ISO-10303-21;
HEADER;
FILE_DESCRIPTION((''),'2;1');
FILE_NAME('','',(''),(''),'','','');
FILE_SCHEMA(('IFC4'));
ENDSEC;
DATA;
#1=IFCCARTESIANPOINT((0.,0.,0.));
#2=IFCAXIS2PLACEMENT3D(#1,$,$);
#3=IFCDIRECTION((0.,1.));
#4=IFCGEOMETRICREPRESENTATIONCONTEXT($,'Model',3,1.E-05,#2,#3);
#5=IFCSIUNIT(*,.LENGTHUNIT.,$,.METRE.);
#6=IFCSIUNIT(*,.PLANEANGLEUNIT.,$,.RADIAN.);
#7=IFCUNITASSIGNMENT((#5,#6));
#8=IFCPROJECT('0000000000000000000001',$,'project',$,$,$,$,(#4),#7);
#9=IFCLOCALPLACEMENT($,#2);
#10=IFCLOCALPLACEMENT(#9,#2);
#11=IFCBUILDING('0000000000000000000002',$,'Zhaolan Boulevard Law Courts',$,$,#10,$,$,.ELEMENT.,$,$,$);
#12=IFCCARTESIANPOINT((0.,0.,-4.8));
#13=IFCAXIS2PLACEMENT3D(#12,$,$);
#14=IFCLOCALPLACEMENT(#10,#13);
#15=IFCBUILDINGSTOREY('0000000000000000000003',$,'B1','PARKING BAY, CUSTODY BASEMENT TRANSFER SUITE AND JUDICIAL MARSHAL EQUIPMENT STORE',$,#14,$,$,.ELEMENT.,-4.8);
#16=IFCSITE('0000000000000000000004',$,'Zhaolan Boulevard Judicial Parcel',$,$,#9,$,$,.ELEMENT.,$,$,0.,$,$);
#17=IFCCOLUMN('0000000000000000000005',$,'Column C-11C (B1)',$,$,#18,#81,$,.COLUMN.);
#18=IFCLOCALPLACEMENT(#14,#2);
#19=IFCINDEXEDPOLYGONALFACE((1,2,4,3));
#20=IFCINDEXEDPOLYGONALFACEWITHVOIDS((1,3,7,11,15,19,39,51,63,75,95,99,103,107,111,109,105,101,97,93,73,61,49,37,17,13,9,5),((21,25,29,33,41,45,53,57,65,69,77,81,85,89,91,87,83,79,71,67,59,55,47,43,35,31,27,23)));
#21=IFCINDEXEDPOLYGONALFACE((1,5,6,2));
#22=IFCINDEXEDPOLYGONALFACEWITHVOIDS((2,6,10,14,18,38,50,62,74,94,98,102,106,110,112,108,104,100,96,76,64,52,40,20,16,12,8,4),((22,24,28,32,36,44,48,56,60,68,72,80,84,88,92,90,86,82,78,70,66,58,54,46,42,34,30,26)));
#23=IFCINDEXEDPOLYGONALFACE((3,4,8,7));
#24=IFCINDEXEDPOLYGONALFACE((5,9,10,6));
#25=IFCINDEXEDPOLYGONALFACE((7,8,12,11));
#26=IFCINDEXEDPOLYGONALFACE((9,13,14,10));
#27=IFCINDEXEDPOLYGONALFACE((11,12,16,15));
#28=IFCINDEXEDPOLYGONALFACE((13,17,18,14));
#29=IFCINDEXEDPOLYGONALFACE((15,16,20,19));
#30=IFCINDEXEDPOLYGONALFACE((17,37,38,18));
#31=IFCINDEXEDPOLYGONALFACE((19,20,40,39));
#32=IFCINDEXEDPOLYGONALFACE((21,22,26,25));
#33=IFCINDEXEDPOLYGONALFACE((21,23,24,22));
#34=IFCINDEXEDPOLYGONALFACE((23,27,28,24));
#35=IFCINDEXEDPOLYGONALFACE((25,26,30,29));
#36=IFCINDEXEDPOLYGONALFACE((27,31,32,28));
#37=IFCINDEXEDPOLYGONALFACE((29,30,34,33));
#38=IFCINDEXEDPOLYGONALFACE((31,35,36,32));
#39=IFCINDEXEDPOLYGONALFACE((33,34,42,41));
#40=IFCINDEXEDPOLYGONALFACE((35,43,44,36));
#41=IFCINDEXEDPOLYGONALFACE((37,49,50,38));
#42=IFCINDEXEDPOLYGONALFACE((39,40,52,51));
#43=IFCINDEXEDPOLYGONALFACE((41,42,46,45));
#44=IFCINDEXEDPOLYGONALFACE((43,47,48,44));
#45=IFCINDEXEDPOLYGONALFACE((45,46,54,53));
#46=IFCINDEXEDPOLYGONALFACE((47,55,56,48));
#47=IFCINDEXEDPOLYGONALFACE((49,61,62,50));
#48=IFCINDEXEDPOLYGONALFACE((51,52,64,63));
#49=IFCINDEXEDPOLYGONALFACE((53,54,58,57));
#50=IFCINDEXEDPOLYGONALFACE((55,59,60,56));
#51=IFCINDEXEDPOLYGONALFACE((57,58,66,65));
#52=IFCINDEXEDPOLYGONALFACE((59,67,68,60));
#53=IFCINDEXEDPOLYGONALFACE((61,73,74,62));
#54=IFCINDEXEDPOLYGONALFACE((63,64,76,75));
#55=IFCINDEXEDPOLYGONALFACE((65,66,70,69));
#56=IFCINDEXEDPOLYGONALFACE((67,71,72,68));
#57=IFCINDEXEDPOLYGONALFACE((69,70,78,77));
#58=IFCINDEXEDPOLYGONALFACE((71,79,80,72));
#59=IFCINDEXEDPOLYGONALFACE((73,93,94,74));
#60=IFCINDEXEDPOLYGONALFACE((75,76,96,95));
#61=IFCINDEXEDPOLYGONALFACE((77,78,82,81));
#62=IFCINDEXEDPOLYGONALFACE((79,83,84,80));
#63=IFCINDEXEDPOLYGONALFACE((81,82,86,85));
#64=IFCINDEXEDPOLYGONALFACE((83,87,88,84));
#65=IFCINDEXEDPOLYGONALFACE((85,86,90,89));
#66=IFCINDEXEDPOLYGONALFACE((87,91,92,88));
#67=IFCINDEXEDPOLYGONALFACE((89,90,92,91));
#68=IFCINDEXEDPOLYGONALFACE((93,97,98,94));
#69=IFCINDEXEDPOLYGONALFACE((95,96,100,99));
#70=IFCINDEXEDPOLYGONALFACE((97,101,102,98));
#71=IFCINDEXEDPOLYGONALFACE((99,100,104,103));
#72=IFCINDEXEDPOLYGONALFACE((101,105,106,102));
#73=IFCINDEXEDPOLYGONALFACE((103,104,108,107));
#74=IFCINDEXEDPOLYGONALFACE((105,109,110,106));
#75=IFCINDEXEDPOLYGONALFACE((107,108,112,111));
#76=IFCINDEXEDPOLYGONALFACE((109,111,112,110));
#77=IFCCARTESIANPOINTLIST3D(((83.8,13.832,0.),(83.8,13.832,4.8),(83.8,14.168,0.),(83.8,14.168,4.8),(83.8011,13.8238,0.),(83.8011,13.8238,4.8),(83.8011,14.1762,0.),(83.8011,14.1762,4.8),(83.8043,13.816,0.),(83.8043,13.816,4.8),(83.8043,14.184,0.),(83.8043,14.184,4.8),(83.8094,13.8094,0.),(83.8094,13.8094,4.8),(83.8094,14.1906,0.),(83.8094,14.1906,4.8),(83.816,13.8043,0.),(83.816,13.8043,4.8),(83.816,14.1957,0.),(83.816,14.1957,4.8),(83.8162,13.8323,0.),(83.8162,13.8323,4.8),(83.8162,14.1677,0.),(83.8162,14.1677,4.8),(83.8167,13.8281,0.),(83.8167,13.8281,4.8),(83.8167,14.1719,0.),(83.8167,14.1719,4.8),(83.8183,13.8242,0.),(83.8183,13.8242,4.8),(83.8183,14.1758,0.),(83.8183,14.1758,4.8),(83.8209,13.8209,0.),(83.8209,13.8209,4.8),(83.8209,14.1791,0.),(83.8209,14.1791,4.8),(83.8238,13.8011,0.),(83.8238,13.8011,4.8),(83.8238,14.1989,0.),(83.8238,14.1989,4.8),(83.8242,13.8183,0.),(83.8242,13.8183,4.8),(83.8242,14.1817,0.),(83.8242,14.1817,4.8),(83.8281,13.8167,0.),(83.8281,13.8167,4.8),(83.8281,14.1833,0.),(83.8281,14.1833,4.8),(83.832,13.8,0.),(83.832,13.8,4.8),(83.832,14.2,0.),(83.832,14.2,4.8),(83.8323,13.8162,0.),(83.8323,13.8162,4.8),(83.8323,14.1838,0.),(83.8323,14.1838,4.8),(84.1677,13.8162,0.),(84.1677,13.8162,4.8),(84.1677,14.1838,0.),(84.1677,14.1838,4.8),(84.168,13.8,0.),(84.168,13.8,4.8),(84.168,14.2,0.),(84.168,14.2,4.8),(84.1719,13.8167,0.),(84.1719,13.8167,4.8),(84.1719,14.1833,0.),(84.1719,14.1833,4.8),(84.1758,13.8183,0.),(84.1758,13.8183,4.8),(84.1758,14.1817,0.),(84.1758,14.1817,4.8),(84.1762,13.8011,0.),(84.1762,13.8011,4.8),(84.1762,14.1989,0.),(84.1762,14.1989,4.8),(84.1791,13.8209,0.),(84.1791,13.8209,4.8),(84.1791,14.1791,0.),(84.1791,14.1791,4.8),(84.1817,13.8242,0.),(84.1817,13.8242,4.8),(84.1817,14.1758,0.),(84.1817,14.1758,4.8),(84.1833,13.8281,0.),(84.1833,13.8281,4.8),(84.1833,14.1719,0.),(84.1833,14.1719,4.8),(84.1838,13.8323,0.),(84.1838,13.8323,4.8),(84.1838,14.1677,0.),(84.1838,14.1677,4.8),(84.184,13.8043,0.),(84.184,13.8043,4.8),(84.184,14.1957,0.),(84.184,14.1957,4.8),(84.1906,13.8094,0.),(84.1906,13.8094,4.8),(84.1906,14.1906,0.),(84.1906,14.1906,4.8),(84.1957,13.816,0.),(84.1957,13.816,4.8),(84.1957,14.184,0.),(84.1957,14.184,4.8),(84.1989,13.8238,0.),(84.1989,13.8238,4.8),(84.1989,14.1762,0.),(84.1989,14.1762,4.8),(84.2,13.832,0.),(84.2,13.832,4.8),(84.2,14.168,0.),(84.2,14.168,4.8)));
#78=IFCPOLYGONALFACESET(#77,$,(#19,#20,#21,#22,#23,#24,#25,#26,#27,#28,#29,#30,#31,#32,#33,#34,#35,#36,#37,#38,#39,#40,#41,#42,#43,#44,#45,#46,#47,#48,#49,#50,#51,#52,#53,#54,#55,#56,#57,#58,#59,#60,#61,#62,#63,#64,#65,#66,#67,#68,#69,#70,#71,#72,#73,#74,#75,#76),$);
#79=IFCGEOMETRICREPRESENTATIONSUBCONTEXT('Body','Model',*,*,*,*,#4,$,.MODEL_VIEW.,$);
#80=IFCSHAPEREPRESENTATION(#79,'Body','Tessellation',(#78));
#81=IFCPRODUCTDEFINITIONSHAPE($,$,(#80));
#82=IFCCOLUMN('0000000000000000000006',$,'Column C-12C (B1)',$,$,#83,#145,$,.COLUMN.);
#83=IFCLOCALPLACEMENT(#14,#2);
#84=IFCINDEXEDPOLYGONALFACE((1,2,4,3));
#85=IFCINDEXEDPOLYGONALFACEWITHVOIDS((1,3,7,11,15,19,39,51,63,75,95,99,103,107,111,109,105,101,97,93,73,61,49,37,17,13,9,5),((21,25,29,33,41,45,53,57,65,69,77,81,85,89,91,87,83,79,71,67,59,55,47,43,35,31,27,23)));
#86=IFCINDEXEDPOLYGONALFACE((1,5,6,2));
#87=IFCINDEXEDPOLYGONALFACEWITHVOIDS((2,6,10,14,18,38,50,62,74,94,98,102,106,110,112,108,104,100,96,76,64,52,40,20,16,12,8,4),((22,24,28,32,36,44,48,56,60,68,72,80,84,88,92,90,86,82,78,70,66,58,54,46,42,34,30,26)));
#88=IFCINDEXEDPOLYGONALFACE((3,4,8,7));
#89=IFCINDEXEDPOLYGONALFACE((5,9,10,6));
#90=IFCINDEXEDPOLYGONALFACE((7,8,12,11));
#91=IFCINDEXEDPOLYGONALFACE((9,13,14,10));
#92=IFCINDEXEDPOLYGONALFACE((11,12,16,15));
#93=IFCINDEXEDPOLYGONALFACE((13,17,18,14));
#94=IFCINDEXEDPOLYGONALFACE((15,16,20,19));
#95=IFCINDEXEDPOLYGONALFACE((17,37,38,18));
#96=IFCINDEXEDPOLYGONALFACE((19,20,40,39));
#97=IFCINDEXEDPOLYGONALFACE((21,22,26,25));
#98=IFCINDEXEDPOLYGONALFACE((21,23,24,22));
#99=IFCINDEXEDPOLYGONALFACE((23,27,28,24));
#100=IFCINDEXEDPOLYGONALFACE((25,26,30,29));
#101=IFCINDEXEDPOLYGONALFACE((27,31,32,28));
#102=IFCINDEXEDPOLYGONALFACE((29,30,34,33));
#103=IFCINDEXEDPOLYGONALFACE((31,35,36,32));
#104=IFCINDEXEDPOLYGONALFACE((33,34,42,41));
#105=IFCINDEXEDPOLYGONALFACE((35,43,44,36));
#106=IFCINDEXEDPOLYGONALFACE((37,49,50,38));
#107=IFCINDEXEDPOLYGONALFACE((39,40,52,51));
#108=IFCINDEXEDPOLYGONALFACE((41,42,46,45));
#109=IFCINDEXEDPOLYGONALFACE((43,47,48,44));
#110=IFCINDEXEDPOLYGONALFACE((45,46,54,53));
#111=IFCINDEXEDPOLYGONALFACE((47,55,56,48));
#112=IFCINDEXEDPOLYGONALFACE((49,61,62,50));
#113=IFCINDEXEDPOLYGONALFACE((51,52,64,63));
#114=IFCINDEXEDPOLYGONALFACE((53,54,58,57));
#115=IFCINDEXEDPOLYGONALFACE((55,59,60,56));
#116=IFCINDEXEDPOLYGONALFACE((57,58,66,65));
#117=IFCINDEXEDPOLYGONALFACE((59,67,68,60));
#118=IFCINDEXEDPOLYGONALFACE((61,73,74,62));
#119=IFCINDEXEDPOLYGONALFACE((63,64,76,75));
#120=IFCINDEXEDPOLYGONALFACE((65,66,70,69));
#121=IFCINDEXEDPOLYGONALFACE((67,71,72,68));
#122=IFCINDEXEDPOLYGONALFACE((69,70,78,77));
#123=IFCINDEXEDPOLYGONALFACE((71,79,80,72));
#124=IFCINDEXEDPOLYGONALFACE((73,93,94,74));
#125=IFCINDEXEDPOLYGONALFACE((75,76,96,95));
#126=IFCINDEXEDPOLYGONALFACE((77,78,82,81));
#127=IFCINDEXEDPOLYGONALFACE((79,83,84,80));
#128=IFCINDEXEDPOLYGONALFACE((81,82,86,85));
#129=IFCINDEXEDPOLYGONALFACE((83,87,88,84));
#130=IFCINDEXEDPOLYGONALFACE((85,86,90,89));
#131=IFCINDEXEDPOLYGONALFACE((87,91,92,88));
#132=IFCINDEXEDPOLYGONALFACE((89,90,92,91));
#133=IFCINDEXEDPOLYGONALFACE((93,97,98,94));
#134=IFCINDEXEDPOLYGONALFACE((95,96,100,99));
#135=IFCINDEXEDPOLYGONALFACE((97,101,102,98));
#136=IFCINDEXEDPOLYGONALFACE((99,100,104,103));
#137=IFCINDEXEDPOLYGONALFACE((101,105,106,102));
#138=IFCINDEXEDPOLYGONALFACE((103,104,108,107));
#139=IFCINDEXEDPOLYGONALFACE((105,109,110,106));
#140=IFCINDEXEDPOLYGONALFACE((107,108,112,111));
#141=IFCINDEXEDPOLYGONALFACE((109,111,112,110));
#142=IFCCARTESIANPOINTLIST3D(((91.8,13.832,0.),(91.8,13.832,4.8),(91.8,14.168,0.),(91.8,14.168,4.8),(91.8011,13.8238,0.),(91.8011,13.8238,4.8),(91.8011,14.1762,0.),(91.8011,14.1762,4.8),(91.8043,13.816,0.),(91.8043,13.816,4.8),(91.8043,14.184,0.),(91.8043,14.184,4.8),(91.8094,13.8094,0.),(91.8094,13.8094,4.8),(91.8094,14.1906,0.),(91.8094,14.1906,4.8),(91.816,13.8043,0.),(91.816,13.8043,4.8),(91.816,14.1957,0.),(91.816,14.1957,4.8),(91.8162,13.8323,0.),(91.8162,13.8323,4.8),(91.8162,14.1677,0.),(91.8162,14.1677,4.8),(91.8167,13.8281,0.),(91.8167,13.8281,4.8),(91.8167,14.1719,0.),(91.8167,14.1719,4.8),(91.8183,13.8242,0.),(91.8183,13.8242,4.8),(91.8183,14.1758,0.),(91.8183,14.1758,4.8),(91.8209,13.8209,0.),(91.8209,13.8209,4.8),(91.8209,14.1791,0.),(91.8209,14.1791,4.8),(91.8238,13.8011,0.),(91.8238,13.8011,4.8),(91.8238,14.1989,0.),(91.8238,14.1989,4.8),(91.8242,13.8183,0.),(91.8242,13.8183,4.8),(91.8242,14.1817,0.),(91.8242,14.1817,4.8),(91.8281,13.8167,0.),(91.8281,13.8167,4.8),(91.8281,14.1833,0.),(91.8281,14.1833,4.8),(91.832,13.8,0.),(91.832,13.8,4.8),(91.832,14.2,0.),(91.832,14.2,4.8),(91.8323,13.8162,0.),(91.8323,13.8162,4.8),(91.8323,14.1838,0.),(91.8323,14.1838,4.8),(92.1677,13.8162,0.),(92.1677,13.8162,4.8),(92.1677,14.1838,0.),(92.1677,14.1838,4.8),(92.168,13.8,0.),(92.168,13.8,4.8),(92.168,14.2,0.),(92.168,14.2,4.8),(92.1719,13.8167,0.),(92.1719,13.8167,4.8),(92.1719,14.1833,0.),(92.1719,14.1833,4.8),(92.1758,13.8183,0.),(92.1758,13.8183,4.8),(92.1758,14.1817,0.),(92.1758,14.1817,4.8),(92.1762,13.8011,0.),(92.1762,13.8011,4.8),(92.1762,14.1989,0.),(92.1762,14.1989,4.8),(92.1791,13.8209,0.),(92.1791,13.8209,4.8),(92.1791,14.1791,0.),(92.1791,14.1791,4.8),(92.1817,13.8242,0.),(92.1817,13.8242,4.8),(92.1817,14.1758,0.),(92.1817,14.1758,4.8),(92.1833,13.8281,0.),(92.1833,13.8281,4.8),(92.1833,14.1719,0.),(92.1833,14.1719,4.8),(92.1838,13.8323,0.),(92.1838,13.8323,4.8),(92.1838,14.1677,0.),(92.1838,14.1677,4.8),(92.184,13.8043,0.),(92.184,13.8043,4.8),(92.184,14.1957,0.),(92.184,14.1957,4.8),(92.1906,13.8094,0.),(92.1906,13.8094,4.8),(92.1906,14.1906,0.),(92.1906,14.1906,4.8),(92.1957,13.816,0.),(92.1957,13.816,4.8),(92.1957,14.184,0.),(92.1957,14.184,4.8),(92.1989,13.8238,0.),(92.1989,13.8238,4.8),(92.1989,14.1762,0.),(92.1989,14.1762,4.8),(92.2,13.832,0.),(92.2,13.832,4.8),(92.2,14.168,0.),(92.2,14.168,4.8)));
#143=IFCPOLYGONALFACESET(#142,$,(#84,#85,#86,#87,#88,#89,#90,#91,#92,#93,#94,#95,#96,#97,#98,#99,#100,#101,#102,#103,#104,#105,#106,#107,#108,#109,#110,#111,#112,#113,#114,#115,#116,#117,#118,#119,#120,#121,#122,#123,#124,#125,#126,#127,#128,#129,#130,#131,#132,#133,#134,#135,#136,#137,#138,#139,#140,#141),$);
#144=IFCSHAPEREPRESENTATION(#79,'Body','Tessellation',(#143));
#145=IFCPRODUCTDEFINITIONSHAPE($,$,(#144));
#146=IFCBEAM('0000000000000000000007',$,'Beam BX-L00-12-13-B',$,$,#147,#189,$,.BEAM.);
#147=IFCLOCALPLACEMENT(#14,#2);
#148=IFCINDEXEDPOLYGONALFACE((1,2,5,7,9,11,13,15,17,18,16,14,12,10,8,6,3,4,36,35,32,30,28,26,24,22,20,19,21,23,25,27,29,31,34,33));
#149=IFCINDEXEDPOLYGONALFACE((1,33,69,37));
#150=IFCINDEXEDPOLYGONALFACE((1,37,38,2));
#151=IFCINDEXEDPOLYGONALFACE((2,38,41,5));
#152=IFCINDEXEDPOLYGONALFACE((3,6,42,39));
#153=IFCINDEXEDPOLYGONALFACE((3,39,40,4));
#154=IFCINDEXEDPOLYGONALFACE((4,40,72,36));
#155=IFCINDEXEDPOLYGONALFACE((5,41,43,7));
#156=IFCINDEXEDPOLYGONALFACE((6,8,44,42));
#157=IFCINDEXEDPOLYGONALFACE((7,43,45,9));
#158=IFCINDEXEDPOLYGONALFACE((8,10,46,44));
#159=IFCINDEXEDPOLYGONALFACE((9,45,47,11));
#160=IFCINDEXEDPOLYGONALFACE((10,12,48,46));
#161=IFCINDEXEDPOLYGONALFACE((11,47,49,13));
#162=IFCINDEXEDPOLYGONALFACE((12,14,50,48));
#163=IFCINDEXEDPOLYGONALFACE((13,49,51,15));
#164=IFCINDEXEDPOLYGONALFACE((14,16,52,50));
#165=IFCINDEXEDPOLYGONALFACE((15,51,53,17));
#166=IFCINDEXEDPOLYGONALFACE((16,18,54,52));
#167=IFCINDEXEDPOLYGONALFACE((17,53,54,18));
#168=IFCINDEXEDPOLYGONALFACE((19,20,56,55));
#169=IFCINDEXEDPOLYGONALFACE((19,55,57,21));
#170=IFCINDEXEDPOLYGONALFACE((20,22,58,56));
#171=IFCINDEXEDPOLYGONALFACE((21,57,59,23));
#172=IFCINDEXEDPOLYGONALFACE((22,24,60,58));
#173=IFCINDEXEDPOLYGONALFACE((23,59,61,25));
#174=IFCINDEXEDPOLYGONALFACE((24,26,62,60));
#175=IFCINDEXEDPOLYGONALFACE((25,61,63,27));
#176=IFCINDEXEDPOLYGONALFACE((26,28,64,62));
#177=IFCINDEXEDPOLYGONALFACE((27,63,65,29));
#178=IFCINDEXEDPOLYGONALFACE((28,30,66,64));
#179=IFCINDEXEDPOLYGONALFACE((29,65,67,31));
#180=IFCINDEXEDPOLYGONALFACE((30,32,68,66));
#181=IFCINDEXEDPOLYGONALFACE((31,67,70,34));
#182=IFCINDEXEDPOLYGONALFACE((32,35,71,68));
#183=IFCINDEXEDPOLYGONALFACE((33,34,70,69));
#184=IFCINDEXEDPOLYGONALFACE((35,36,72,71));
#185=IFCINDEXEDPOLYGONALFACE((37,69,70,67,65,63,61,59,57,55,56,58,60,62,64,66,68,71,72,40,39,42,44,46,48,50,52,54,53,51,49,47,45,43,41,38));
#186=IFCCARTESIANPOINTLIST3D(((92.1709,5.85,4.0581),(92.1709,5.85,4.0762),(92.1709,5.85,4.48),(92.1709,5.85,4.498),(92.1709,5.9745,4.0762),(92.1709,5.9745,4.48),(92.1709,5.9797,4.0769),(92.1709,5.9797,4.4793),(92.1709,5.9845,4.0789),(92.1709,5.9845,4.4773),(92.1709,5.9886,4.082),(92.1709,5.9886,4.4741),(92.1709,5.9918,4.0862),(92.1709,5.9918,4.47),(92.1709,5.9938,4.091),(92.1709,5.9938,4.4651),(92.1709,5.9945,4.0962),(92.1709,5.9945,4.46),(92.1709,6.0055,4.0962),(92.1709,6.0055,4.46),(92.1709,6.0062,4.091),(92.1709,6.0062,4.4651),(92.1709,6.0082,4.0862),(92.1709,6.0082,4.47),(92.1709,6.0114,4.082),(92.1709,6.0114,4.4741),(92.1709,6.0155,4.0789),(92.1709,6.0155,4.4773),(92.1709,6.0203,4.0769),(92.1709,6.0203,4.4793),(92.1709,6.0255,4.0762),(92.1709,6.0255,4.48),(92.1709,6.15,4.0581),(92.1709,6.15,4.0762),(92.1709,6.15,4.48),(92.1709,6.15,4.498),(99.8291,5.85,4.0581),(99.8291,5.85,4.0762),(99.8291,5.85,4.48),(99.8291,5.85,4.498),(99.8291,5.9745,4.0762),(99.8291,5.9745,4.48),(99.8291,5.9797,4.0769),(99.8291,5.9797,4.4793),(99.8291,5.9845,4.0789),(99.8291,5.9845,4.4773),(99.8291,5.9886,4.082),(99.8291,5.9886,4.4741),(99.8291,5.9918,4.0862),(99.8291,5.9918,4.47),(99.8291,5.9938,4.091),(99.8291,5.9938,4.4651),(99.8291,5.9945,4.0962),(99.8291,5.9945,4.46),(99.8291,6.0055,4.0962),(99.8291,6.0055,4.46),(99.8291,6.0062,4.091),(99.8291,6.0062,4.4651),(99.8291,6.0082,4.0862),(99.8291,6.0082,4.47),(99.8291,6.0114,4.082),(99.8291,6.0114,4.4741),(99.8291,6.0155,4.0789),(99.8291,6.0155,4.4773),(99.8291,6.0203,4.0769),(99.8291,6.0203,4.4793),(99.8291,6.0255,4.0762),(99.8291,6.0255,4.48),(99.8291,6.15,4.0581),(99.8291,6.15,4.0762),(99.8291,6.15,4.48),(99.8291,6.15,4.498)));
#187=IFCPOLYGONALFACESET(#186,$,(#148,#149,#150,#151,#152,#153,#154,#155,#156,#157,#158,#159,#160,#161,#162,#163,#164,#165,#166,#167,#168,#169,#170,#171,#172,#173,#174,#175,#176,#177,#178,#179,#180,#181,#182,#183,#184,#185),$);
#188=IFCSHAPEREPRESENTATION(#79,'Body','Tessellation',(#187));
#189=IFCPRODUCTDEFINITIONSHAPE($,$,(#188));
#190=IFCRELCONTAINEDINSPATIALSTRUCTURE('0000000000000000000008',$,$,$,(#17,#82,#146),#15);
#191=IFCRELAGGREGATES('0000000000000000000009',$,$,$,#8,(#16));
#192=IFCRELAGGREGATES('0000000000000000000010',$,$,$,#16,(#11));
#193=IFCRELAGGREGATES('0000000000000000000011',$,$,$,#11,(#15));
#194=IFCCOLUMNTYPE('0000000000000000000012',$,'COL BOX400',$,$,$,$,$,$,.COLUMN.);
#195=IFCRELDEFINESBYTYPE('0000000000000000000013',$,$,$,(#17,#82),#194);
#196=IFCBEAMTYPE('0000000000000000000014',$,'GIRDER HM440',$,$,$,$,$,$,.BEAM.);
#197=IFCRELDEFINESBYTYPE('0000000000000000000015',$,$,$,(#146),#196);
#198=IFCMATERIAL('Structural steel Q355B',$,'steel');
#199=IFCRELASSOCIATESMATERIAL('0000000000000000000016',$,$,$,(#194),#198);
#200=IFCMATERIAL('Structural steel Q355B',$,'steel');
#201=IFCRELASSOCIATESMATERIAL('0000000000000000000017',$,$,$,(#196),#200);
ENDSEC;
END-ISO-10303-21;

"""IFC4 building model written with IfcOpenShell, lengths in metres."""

from ifc_helpers import new_model, si_unit, direction, frame, origin, origin_2d, place, context, subcontext, project, spatial, hollow_rectangle, i_section, extrude, material, material_profile, profile_set, type_object, element, save


model = new_model("IFC4")

# Units and contexts
model_context = context("Model", 3, precision=1e-05, world=origin(), true_north=direction((0.0, 1.0)))
body_context = subcontext(model_context, "Body", "Model", "MODEL_VIEW")
ifc_project = project(units=[si_unit("LENGTHUNIT", "METRE"), si_unit("PLANEANGLEUNIT", "RADIAN")], contexts=[model_context])

# Site, building, storey
site_placement = place(None, origin())
site = spatial("IfcSite", under=ifc_project, at=site_placement, Name="Zhaolan Boulevard Judicial Parcel", CompositionType="ELEMENT", RefElevation=0.0)
building_placement = place(site_placement, origin())
building = spatial("IfcBuilding", under=site, at=building_placement, Name="Zhaolan Boulevard Law Courts", CompositionType="ELEMENT")
storey_placement = place(building_placement, frame((0.0, 0.0, -4.8)))
storey = spatial("IfcBuildingStorey", under=building, at=storey_placement, Name="B1", Description="PARKING BAY, CUSTODY BASEMENT TRANSFER SUITE AND JUDICIAL MARSHAL EQUIPMENT STORE", CompositionType="ELEMENT", Elevation=-4.8)

# Columns
ifc_material_1 = material(Name="Structural steel Q355B", Category="steel")
ifc_material_profile_1 = material_profile(ifc_material_1, hollow_rectangle(XDim=0.3999, YDim=0.3999, WallThickness=0.0161, InnerFilletRadius=0.0161, OuterFilletRadius=0.032, at=origin_2d()), Name="BOX400x400x16")
ifc_profile_set_1 = profile_set([ifc_material_profile_1], Name="Structural steel Q355B")
column_type = type_object("IfcColumnType", Name="COL BOX400", PredefinedType="COLUMN", material=ifc_profile_set_1)
for number, where, z_axis, x_axis, name in (
    (1, (84.0, 14.0, 0.0), (0.0, 0.0, 1.0), (1.0, 0.0, 0.0), "Column C-11C (B1)"),
    (2, (92.0, 14.0, 0.0), (0.0, 0.0, 1.0), (1.0, 0.0, 0.0), "Column C-12C (B1)"),
):
    element("IfcColumn", number, at=place(storey_placement, frame(where, z_axis=z_axis, x_axis=x_axis)), inside=storey, type_object=column_type, Name=name, PredefinedType="COLUMN", context=body_context, shape_type="SweptSolid", body=[
        extrude(hollow_rectangle(XDim=0.3999, YDim=0.3999, WallThickness=0.0161, InnerFilletRadius=0.0161, OuterFilletRadius=0.032, at=origin_2d()), origin(), (0.0, 0.0, 1.0), 4.8),
    ])

# Beam
ifc_material_2 = material(Name="Structural steel Q355B", Category="steel")
ifc_material_profile_2 = material_profile(ifc_material_2, i_section(OverallWidth=0.3, OverallDepth=0.4399, WebThickness=0.011, FlangeThickness=0.0181, FilletRadius=0.02, at=origin_2d()), Name="HM440x300")
ifc_profile_set_2 = profile_set([ifc_material_profile_2], Name="Structural steel Q355B")
beam_type_1 = type_object("IfcBeamType", Name="GIRDER HM440", PredefinedType="BEAM", material=ifc_profile_set_2)
beam_1_placement = place(storey_placement, frame((92.1709, 6.0, 4.2781), z_axis=(1.0, 0.0, 0.0), x_axis=(0.0, 1.0, 0.0)))
element("IfcBeam", 3, at=beam_1_placement, inside=storey, type_object=beam_type_1, Name="Beam BX-L00-12-13-B", PredefinedType="BEAM", context=body_context, shape_type="SweptSolid", body=[
    extrude(i_section(OverallWidth=0.3, OverallDepth=0.4399, WebThickness=0.011, FlangeThickness=0.0181, FilletRadius=0.02, at=origin_2d()), origin(), (0.0, 0.0, 1.0), 7.6582),
])

save(model, "model.ifc")
